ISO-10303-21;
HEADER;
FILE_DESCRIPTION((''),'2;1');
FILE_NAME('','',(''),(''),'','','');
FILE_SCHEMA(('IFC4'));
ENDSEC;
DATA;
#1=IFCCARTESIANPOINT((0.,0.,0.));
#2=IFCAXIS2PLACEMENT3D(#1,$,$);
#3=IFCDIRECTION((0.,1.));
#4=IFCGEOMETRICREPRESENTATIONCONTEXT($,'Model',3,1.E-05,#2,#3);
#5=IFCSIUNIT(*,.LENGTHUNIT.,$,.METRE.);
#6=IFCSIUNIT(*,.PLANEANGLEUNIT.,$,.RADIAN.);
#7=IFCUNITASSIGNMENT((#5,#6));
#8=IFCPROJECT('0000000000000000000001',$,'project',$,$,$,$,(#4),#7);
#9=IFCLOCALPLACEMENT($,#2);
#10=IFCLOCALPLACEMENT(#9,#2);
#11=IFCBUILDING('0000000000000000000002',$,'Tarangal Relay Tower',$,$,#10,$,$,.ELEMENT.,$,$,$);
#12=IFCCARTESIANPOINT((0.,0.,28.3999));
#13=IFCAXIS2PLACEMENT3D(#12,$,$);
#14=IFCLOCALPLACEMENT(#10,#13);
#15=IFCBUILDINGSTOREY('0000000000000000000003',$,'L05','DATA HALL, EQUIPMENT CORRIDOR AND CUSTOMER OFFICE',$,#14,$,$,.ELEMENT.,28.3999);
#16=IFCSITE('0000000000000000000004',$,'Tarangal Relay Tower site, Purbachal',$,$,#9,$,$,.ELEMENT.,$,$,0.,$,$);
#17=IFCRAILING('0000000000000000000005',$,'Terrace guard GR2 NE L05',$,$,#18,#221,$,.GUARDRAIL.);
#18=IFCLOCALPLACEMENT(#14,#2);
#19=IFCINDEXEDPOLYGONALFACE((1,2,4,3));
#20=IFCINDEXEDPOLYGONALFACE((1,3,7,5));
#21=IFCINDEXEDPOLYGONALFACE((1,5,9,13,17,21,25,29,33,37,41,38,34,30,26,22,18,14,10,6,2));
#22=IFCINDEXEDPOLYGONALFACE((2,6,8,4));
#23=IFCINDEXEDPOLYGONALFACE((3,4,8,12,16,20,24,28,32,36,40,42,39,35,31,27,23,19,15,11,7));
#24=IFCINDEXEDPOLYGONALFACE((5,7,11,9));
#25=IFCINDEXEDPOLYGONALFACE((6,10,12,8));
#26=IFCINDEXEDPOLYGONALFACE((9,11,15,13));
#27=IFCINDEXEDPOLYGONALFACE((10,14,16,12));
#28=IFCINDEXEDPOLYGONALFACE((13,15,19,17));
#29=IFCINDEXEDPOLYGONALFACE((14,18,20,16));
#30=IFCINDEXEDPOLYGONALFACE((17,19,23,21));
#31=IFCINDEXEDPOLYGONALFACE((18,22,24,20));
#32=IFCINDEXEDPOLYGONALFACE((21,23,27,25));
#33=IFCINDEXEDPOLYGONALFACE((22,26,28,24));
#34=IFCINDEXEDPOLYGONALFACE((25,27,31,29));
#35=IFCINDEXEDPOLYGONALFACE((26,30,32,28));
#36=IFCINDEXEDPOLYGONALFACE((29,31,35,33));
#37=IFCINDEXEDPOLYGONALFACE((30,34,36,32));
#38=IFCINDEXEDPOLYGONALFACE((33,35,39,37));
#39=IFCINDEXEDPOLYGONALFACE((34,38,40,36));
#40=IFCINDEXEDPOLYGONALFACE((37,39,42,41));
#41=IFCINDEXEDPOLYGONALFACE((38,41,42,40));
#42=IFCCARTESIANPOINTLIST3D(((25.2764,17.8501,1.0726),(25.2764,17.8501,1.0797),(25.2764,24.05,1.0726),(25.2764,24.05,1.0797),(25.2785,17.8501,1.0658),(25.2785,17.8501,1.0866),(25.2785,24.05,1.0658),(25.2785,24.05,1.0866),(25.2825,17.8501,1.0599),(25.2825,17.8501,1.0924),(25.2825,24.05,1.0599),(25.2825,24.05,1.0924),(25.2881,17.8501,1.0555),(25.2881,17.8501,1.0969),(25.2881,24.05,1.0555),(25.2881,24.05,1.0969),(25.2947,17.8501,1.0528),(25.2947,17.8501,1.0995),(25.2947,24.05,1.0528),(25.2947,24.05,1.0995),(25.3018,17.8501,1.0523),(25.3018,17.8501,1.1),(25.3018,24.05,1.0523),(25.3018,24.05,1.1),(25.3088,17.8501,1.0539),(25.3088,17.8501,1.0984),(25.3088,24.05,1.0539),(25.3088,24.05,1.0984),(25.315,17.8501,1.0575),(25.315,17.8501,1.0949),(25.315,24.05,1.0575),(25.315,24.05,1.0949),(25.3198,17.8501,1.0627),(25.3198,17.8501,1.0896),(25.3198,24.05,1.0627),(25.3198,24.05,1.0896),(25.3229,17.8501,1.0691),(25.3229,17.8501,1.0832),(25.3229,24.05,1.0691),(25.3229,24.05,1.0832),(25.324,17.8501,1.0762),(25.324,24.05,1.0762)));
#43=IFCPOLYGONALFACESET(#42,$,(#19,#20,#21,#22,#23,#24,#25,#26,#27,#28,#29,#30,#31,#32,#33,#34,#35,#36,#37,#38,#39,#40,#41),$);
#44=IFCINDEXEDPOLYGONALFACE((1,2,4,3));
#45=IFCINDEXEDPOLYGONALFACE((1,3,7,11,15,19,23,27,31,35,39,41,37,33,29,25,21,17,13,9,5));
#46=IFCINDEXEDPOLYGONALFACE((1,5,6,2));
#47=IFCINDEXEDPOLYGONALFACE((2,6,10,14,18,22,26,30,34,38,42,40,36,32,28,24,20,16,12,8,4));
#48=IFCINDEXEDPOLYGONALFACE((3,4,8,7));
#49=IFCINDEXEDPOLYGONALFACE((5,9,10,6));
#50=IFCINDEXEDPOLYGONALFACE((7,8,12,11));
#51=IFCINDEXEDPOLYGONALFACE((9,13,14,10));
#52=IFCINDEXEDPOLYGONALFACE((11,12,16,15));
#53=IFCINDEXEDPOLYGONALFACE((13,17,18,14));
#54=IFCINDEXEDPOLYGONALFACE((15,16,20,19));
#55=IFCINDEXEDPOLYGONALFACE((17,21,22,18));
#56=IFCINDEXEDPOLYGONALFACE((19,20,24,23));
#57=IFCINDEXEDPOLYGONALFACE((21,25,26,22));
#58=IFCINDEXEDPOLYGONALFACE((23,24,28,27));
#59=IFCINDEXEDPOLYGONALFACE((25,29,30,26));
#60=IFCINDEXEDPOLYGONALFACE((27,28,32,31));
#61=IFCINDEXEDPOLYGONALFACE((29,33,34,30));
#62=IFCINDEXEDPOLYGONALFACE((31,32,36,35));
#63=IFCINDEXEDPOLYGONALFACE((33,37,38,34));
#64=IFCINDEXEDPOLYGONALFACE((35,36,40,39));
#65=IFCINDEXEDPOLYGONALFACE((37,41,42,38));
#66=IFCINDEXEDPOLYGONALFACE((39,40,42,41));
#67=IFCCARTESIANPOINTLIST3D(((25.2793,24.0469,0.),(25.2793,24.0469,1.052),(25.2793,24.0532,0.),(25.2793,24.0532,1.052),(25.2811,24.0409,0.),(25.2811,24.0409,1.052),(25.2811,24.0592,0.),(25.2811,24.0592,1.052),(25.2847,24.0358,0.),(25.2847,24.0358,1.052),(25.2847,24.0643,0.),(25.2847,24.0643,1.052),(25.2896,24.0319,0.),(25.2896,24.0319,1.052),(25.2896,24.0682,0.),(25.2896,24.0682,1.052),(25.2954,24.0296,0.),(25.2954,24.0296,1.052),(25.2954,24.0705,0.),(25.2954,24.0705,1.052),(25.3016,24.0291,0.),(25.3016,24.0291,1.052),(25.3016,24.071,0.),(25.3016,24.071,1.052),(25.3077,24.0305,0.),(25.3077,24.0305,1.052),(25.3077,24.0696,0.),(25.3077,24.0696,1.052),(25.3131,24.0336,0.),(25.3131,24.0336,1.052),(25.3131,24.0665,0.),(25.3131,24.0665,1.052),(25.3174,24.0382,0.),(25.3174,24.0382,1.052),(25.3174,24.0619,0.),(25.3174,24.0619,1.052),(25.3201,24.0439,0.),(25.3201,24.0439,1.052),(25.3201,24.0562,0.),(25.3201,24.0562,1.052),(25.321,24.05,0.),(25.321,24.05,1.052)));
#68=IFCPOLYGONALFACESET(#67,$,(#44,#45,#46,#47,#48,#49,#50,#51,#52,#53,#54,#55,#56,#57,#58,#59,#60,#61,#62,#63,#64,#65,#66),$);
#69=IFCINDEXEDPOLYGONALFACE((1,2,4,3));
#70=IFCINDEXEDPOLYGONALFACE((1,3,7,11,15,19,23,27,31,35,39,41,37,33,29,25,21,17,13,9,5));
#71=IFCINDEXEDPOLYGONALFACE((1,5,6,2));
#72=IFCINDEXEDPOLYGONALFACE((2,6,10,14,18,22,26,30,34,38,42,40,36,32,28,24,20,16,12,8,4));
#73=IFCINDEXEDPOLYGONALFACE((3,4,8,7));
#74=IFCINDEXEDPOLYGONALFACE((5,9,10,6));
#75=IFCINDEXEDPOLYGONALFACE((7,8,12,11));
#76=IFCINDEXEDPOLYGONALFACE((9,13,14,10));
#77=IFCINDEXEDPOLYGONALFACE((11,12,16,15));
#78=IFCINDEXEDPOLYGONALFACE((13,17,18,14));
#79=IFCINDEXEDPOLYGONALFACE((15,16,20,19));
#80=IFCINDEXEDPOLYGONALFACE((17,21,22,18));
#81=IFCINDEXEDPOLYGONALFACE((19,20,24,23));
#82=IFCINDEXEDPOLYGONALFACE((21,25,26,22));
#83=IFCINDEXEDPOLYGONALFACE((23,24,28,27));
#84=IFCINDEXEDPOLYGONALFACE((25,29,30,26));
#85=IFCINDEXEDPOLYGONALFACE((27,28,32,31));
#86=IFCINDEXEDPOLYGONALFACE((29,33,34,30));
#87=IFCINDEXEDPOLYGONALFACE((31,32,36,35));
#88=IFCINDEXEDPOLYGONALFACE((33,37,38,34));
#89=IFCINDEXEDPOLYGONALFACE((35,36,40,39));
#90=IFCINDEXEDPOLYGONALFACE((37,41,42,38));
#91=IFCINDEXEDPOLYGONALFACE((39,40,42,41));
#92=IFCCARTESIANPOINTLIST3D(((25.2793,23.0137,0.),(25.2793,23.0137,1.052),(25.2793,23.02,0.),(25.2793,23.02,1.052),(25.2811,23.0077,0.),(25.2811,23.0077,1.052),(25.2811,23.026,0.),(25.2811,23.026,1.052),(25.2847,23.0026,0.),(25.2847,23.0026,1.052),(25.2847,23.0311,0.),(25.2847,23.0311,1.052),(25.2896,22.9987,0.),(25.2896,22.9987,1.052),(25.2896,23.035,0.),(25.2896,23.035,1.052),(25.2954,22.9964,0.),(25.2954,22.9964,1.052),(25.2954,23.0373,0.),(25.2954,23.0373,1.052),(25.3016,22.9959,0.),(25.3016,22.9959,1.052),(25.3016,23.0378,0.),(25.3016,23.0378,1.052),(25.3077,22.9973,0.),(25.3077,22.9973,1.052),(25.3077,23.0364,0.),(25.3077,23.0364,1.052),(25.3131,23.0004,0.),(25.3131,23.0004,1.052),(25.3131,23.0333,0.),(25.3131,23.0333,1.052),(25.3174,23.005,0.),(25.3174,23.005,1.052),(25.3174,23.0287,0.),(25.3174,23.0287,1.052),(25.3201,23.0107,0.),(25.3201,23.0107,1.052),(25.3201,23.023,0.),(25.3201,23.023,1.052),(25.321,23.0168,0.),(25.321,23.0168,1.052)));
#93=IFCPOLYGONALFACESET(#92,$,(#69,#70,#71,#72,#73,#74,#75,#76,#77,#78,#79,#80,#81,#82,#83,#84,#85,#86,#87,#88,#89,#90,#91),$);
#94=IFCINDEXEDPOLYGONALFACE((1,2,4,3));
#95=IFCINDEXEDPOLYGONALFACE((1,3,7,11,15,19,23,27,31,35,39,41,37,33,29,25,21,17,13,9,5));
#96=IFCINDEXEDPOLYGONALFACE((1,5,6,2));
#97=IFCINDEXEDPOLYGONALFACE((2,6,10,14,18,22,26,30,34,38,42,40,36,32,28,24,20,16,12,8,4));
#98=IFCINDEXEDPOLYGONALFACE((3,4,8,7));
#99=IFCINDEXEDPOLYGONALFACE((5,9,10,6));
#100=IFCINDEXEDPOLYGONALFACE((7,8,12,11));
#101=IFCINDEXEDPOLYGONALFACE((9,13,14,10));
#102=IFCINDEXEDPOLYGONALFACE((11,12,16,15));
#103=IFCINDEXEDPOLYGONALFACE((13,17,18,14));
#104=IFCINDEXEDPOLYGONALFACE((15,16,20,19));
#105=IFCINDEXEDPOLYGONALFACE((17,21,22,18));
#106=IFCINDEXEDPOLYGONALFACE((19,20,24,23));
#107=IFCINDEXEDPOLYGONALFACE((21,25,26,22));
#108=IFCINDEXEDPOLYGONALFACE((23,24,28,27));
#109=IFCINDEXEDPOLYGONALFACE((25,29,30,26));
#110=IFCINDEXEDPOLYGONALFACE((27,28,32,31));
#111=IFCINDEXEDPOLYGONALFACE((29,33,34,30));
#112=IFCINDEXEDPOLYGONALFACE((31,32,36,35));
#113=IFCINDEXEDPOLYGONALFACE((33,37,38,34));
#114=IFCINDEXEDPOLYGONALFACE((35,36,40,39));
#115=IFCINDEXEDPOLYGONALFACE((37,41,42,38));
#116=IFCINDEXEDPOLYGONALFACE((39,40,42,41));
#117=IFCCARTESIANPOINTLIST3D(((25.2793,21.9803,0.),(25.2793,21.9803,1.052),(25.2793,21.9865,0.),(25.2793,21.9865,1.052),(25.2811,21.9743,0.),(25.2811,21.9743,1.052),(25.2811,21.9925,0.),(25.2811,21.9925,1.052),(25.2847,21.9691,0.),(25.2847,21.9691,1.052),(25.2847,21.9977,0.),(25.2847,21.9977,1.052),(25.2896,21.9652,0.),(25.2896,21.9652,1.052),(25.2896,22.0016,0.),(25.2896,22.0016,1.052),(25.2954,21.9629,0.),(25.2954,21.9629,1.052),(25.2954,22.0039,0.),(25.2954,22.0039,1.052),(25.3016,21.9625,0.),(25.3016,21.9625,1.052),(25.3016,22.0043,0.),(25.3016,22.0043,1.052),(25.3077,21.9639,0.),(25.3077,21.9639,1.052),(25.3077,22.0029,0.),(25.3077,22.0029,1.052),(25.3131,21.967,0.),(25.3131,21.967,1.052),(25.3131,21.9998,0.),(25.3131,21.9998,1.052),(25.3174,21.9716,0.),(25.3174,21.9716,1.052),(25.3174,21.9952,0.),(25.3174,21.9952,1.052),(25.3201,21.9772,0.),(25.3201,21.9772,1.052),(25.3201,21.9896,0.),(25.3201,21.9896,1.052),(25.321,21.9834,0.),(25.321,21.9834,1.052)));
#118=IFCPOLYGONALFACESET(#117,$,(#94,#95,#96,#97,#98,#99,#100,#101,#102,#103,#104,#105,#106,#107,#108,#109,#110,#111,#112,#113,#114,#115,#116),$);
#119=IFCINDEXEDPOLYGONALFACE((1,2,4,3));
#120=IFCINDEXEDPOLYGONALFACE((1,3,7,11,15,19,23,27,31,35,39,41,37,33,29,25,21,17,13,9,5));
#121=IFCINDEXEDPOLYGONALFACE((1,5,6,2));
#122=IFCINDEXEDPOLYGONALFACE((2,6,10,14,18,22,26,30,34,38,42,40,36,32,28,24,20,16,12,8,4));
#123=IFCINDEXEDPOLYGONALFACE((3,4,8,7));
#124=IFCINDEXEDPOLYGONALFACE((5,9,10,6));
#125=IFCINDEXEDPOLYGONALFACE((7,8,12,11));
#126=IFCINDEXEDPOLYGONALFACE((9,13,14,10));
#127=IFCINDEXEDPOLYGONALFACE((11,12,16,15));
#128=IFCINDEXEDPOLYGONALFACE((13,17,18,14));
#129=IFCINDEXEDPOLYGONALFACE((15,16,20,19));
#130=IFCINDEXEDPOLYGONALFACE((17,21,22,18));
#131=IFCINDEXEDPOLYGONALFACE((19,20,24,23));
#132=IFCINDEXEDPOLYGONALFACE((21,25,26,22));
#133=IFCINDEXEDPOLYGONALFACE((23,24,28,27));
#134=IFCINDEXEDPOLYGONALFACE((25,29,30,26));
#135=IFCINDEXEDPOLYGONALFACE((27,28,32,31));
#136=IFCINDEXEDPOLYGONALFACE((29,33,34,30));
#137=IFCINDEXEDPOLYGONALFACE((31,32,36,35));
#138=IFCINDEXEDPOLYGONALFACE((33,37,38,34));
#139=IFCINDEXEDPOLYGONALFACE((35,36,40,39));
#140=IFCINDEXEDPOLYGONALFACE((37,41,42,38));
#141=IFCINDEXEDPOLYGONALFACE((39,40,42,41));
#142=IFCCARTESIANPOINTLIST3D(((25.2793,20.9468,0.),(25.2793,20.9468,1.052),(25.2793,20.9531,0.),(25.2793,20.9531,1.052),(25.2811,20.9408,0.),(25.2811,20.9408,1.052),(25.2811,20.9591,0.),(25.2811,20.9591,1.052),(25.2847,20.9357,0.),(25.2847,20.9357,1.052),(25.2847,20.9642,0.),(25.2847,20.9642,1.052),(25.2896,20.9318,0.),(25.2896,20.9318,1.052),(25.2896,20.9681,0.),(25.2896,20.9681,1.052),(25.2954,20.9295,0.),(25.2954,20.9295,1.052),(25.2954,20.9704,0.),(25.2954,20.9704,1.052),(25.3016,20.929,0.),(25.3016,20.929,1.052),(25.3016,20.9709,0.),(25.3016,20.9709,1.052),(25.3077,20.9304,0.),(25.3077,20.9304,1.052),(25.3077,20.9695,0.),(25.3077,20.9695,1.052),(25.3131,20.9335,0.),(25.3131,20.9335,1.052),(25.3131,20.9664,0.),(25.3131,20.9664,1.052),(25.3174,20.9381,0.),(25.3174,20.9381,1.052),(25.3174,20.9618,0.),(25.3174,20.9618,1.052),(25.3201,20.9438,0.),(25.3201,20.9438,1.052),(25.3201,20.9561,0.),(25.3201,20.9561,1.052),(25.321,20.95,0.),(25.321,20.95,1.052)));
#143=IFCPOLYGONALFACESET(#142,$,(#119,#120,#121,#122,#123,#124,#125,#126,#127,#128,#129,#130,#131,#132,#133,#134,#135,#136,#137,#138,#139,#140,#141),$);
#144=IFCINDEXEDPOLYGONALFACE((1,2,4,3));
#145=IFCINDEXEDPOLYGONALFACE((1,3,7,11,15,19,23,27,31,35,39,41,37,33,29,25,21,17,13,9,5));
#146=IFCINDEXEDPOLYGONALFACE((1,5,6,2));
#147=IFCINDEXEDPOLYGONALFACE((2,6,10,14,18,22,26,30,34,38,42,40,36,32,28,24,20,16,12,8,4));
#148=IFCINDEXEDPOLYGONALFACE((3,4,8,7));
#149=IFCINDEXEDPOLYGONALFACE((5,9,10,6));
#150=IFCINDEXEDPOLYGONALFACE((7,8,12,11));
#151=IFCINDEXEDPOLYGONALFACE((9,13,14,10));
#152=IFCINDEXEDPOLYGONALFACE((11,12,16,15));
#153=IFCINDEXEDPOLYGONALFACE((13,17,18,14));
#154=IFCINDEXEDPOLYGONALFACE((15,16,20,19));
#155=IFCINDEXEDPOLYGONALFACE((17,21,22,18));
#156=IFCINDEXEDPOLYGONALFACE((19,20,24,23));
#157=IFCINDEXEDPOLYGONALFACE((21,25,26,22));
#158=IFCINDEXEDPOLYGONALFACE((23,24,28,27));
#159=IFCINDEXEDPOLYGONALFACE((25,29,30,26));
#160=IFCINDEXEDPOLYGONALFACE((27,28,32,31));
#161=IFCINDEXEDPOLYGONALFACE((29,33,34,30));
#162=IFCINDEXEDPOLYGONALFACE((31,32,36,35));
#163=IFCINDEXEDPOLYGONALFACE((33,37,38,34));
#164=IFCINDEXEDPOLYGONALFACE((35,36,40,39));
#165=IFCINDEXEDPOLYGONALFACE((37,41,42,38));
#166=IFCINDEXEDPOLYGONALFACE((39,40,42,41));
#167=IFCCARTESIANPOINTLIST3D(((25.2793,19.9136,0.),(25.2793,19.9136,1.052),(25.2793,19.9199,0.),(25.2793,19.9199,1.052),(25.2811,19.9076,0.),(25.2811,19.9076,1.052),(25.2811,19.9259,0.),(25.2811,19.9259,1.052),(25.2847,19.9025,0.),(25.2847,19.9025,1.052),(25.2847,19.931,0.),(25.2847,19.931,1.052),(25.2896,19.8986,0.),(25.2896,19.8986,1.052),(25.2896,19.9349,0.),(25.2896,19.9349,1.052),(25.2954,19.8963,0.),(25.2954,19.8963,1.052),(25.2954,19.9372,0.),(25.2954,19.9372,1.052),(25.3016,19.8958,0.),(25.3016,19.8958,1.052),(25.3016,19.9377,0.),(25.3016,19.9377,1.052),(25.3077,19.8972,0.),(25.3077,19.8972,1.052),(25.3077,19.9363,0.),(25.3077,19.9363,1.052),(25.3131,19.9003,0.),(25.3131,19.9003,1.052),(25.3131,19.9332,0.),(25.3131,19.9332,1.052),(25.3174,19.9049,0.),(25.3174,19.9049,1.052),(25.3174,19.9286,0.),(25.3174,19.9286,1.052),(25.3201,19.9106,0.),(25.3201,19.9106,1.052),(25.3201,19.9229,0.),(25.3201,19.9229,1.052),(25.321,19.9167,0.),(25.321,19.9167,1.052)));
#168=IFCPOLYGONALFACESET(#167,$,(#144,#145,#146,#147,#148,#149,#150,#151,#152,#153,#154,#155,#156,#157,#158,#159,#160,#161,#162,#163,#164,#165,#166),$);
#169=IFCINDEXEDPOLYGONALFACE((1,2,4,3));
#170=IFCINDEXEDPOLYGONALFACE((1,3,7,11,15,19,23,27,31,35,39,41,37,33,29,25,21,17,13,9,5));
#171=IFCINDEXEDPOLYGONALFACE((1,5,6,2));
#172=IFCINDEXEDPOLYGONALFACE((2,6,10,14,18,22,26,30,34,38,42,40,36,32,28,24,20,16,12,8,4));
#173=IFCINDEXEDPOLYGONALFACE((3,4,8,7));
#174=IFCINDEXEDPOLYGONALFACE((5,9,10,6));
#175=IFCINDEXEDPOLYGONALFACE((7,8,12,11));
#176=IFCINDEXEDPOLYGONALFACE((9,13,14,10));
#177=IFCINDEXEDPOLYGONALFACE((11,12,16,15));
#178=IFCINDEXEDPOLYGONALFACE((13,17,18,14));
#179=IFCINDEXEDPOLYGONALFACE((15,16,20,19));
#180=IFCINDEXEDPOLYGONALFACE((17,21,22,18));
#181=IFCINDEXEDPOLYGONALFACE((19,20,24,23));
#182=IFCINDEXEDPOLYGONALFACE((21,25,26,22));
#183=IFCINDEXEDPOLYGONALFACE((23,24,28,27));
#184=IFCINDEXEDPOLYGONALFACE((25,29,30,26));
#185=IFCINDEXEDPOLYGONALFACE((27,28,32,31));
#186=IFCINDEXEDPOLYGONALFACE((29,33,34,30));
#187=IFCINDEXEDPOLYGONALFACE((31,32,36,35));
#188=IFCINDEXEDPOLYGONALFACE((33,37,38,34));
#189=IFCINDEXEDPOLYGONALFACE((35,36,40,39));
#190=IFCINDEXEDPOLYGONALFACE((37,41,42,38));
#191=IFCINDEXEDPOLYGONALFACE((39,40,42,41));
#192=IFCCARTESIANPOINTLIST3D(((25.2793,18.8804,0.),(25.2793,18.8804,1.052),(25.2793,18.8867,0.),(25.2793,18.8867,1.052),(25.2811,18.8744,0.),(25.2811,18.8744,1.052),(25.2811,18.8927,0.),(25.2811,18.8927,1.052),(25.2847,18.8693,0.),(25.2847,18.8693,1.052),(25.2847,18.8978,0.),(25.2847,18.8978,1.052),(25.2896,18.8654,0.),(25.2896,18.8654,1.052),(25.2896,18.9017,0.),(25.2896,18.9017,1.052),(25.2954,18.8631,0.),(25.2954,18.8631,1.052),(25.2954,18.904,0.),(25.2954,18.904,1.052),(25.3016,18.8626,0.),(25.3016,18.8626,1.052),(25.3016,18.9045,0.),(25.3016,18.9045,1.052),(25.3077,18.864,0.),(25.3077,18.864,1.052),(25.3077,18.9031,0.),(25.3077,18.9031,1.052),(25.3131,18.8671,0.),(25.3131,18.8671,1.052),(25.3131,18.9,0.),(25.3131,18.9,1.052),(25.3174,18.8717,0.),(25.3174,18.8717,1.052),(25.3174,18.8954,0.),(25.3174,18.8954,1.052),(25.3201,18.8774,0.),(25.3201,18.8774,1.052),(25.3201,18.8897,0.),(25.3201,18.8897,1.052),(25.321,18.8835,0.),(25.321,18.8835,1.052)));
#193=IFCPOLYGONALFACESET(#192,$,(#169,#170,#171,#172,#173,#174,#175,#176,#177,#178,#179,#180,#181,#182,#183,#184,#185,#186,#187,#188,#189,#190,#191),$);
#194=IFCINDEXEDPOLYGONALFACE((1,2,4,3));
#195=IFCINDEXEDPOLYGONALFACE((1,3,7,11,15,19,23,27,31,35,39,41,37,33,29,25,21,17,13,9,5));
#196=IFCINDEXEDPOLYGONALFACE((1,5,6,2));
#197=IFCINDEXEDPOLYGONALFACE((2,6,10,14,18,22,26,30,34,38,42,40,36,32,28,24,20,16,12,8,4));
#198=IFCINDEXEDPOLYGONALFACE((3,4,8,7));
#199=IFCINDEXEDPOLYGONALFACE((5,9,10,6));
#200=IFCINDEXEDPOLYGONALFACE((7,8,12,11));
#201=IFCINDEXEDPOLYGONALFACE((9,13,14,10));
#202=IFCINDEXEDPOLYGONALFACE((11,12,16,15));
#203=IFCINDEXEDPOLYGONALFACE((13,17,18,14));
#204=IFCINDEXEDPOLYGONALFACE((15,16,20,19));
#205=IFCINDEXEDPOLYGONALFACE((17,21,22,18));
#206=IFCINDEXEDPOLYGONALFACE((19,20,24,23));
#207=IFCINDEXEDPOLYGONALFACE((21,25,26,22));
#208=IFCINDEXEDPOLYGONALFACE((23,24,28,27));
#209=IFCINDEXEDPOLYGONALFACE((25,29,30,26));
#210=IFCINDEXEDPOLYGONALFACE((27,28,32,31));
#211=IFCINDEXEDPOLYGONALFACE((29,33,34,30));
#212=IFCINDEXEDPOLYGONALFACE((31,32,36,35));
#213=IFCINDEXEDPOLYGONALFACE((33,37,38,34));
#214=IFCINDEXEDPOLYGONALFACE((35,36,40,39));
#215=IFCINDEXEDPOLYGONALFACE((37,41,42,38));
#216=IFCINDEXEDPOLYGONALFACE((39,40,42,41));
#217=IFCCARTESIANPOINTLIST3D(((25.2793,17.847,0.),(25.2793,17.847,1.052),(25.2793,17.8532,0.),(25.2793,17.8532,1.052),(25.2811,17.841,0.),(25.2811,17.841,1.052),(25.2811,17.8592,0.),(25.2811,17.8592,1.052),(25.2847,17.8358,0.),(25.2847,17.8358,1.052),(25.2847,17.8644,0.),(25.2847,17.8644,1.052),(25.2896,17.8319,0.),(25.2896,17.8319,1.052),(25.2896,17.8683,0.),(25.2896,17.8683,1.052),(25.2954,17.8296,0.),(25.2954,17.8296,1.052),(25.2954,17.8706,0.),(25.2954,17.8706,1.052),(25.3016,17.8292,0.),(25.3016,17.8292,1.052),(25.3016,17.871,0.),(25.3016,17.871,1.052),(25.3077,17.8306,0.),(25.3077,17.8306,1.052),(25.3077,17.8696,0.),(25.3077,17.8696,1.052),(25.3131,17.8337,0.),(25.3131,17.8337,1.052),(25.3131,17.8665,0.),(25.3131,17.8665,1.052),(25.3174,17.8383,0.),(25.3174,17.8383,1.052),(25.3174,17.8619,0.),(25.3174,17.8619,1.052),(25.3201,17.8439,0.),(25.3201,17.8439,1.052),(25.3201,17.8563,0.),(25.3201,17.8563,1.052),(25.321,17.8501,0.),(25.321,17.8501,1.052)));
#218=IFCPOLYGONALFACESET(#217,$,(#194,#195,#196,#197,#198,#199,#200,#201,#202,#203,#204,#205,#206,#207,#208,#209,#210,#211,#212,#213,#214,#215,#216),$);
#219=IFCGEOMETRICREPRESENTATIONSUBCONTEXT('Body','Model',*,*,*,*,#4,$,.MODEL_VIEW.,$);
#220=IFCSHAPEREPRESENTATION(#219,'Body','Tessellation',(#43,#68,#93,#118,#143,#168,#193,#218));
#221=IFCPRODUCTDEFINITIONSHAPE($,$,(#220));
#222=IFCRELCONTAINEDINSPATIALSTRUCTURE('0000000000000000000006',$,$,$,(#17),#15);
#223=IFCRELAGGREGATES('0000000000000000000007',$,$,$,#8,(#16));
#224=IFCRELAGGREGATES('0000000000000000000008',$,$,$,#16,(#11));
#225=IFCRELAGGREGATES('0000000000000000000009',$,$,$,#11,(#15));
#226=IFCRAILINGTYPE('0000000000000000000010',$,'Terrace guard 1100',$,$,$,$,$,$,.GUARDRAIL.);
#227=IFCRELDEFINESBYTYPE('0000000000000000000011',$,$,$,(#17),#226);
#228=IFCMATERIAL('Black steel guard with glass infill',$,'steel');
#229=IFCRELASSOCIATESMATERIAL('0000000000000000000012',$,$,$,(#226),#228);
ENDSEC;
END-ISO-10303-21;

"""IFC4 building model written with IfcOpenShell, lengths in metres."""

from ifc_helpers import new_model, si_unit, direction, frame, origin, origin_2d, place, context, subcontext, project, spatial, circle, extrude, material, type_object, element, save


model = new_model("IFC4")

# Units and contexts
model_context = context("Model", 3, precision=1e-05, world=origin(), true_north=direction((0.0, 1.0)))
body_context = subcontext(model_context, "Body", "Model", "MODEL_VIEW")
ifc_project = project(units=[si_unit("LENGTHUNIT", "METRE"), si_unit("PLANEANGLEUNIT", "RADIAN")], contexts=[model_context])

# Site, building, storey
site_placement = place(None, origin())
site = spatial("IfcSite", under=ifc_project, at=site_placement, Name="Tarangal Relay Tower site, Purbachal", CompositionType="ELEMENT", RefElevation=0.0)
building_placement = place(site_placement, origin())
building = spatial("IfcBuilding", under=site, at=building_placement, Name="Tarangal Relay Tower", CompositionType="ELEMENT")
storey_placement = place(building_placement, frame((0.0, 0.0, 28.3999)))
storey = spatial("IfcBuildingStorey", under=building, at=storey_placement, Name="L05", Description="DATA HALL, EQUIPMENT CORRIDOR AND CUSTOMER OFFICE", CompositionType="ELEMENT", Elevation=28.3999)

# Railing
ifc_material_1 = material(Name="Black steel guard with glass infill", Category="steel")
railing_type_1 = type_object("IfcRailingType", Name="Terrace guard 1100", PredefinedType="GUARDRAIL", material=ifc_material_1)
railing_1_placement = place(storey_placement, frame((25.3, 24.05, 0.0)))
element("IfcRailing", 1, at=railing_1_placement, inside=storey, type_object=railing_type_1, Name="Terrace guard GR2 NE L05", PredefinedType="GUARDRAIL", context=body_context, shape_type="SweptSolid", body=[
    extrude(circle(Radius=0.0239, at=origin_2d()), frame((0.0, 0.0, 1.0762), z_axis=(0.0, -1.0, 0.0), x_axis=(1.0, 0.0, 0.0)), (0.0, 0.0, 1.0), 6.2),
    extrude(circle(Radius=0.021, at=origin_2d()), origin(), (0.0, 0.0, 1.0), 1.052),
    extrude(circle(Radius=0.021, at=origin_2d()), frame((0.0, -1.0332, 0.0)), (0.0, 0.0, 1.0), 1.052),
    extrude(circle(Radius=0.021, at=origin_2d()), frame((0.0, -2.0667, 0.0)), (0.0, 0.0, 1.0), 1.052),
    extrude(circle(Radius=0.021, at=origin_2d()), frame((0.0, -3.1001, 0.0)), (0.0, 0.0, 1.0), 1.052),
    extrude(circle(Radius=0.021, at=origin_2d()), frame((0.0, -4.1333, 0.0)), (0.0, 0.0, 1.0), 1.052),
    extrude(circle(Radius=0.021, at=origin_2d()), frame((0.0, -5.1665, 0.0)), (0.0, 0.0, 1.0), 1.052),
    extrude(circle(Radius=0.021, at=origin_2d()), frame((0.0, -6.2, 0.0)), (0.0, 0.0, 1.0), 1.052),
])

save(model, "model.ifc")
